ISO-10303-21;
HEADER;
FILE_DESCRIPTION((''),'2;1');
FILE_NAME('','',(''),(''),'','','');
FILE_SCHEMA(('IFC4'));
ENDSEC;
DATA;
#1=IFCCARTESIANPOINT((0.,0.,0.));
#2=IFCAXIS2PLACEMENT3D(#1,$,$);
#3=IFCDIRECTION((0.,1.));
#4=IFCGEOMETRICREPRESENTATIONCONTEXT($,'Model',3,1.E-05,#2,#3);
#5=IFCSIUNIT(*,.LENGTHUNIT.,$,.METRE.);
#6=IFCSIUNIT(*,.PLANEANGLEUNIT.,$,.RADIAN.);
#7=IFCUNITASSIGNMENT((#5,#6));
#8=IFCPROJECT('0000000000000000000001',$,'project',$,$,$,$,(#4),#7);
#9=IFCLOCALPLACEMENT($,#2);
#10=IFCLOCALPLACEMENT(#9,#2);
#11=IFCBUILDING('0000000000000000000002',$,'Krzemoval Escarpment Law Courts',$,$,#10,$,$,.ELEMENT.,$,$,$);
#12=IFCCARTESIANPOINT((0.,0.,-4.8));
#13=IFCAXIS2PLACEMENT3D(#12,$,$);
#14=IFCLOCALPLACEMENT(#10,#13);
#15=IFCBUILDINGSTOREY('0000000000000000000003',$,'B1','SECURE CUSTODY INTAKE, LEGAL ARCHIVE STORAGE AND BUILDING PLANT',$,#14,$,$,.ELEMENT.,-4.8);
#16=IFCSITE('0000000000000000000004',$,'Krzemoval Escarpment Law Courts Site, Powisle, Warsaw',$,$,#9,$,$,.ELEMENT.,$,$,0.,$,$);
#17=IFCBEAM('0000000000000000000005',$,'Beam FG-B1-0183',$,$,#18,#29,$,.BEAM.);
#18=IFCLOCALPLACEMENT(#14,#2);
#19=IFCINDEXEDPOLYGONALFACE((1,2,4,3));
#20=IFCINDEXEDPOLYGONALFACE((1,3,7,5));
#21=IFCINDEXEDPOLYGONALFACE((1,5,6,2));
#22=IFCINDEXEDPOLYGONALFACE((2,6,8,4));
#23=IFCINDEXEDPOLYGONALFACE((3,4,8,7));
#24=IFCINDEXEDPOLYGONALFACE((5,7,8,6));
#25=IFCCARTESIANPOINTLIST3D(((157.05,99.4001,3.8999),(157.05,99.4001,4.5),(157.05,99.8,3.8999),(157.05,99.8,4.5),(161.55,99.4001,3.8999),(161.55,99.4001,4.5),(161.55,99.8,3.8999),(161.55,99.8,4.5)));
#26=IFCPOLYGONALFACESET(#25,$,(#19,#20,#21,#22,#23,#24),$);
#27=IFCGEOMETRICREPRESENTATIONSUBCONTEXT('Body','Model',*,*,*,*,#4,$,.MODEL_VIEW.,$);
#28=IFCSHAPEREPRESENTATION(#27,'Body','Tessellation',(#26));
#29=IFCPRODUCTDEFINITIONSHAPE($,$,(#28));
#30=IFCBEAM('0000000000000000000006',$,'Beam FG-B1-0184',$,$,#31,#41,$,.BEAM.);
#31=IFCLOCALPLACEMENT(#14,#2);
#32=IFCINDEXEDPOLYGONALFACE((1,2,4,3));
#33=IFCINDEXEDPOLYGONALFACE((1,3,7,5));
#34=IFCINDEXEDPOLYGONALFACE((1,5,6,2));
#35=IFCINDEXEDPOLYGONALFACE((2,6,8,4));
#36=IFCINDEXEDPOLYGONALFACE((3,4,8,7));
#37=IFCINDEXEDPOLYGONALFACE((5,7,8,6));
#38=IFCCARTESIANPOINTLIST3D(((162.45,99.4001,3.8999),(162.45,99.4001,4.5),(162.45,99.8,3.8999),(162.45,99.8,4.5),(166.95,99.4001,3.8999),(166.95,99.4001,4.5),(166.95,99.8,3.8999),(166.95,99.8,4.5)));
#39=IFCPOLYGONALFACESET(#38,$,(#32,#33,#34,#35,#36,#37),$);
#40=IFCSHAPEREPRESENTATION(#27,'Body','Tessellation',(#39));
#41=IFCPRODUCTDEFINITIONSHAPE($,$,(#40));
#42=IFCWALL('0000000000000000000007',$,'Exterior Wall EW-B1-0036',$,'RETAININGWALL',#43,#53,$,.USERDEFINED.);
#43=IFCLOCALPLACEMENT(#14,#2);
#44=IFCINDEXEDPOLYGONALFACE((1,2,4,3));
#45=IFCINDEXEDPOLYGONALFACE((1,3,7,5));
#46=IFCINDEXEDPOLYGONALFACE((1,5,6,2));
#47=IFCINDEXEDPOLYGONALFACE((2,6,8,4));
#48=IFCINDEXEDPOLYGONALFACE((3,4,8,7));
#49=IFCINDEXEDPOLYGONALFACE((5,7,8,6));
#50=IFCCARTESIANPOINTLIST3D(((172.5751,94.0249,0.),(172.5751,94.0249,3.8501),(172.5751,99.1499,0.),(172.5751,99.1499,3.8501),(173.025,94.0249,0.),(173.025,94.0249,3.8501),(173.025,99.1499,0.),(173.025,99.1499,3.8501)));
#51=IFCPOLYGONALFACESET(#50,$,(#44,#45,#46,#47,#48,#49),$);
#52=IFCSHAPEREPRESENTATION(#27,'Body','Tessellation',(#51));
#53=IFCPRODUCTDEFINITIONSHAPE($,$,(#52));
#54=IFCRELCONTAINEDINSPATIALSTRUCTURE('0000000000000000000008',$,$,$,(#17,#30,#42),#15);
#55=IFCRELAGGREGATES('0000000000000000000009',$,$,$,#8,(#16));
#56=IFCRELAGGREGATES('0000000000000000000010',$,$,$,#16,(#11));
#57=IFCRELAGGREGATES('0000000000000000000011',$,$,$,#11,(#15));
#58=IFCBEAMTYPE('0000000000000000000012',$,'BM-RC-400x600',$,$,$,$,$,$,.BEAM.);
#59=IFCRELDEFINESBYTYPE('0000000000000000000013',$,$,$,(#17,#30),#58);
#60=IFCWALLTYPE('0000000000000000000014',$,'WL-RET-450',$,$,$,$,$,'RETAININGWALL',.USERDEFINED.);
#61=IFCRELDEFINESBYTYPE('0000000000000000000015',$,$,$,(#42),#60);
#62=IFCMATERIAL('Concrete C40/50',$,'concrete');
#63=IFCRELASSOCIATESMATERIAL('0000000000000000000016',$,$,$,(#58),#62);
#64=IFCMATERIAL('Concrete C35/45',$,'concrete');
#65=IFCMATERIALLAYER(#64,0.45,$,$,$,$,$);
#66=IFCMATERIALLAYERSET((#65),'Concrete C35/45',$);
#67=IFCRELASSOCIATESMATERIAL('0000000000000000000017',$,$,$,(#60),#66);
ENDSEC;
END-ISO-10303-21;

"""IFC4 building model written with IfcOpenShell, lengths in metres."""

from ifc_helpers import new_model, si_unit, direction, frame, frame_2d, origin, origin_2d, place, context, subcontext, project, spatial, rectangle, extrude, material, layer, layer_set, material_profile, profile_set, type_object, element, save


model = new_model("IFC4")

# Units and contexts
model_context = context("Model", 3, precision=1e-05, world=origin(), true_north=direction((0.0, 1.0)))
body_context = subcontext(model_context, "Body", "Model", "MODEL_VIEW")
ifc_project = project(units=[si_unit("LENGTHUNIT", "METRE"), si_unit("PLANEANGLEUNIT", "RADIAN")], contexts=[model_context])

# Site, building, storey
site_placement = place(None, origin())
site = spatial("IfcSite", under=ifc_project, at=site_placement, Name="Krzemoval Escarpment Law Courts Site, Powisle, Warsaw", CompositionType="ELEMENT", RefElevation=0.0)
building_placement = place(site_placement, origin())
building = spatial("IfcBuilding", under=site, at=building_placement, Name="Krzemoval Escarpment Law Courts", CompositionType="ELEMENT")
storey_placement = place(building_placement, frame((0.0, 0.0, -4.8)))
storey = spatial("IfcBuildingStorey", under=building, at=storey_placement, Name="B1", Description="SECURE CUSTODY INTAKE, LEGAL ARCHIVE STORAGE AND BUILDING PLANT", CompositionType="ELEMENT", Elevation=-4.8)

# Beams
ifc_material_1 = material(Name="Concrete C40/50", Category="concrete")
ifc_material_profile_1 = material_profile(ifc_material_1, rectangle(XDim=0.3999, YDim=0.6001, at=origin_2d()), Name="RCB 400x600")
ifc_profile_set_1 = profile_set([ifc_material_profile_1], Name="Concrete C40/50")
beam_type_1 = type_object("IfcBeamType", Name="BM-RC-400x600", PredefinedType="BEAM", material=ifc_profile_set_1)
for number, where, z_axis, x_axis, name in (
    (1, (157.05, 99.6001, 4.2), (1.0, 0.0, 0.0), (0.0, 1.0, 0.0), "Beam FG-B1-0183"),
    (2, (162.45, 99.6001, 4.2), (1.0, 0.0, 0.0), (0.0, 1.0, 0.0), "Beam FG-B1-0184"),
):
    element("IfcBeam", number, at=place(storey_placement, frame(where, z_axis=z_axis, x_axis=x_axis)), inside=storey, type_object=beam_type_1, Name=name, PredefinedType="BEAM", context=body_context, shape_type="SweptSolid", body=[
        extrude(rectangle(XDim=0.3999, YDim=0.6001, at=origin_2d()), origin(), (0.0, 0.0, 1.0), 4.5),
    ])

# Wall
ifc_material_2 = material(Name="Concrete C35/45", Category="concrete")
ifc_layer = layer(ifc_material_2, 0.45)
ifc_layer_set = layer_set([ifc_layer], Name="Concrete C35/45")
wall_type = type_object("IfcWallType", Name="WL-RET-450", ElementType="RETAININGWALL", PredefinedType="USERDEFINED", material=ifc_layer_set)
wall_placement = place(storey_placement, frame((172.8, 99.1499, 0.0), z_axis=(0.0, 0.0, 1.0), x_axis=(0.0, -1.0, 0.0)))
element("IfcWall", 3, at=wall_placement, inside=storey, type_object=wall_type, Name="Exterior Wall EW-B1-0036", ObjectType="RETAININGWALL", PredefinedType="USERDEFINED", context=body_context, shape_type="SweptSolid", body=[
    extrude(rectangle(XDim=5.125, YDim=0.45, at=frame_2d((2.5625, 0.0))), origin(), (0.0, 0.0, 1.0), 3.8501),
])

save(model, "model.ifc")
